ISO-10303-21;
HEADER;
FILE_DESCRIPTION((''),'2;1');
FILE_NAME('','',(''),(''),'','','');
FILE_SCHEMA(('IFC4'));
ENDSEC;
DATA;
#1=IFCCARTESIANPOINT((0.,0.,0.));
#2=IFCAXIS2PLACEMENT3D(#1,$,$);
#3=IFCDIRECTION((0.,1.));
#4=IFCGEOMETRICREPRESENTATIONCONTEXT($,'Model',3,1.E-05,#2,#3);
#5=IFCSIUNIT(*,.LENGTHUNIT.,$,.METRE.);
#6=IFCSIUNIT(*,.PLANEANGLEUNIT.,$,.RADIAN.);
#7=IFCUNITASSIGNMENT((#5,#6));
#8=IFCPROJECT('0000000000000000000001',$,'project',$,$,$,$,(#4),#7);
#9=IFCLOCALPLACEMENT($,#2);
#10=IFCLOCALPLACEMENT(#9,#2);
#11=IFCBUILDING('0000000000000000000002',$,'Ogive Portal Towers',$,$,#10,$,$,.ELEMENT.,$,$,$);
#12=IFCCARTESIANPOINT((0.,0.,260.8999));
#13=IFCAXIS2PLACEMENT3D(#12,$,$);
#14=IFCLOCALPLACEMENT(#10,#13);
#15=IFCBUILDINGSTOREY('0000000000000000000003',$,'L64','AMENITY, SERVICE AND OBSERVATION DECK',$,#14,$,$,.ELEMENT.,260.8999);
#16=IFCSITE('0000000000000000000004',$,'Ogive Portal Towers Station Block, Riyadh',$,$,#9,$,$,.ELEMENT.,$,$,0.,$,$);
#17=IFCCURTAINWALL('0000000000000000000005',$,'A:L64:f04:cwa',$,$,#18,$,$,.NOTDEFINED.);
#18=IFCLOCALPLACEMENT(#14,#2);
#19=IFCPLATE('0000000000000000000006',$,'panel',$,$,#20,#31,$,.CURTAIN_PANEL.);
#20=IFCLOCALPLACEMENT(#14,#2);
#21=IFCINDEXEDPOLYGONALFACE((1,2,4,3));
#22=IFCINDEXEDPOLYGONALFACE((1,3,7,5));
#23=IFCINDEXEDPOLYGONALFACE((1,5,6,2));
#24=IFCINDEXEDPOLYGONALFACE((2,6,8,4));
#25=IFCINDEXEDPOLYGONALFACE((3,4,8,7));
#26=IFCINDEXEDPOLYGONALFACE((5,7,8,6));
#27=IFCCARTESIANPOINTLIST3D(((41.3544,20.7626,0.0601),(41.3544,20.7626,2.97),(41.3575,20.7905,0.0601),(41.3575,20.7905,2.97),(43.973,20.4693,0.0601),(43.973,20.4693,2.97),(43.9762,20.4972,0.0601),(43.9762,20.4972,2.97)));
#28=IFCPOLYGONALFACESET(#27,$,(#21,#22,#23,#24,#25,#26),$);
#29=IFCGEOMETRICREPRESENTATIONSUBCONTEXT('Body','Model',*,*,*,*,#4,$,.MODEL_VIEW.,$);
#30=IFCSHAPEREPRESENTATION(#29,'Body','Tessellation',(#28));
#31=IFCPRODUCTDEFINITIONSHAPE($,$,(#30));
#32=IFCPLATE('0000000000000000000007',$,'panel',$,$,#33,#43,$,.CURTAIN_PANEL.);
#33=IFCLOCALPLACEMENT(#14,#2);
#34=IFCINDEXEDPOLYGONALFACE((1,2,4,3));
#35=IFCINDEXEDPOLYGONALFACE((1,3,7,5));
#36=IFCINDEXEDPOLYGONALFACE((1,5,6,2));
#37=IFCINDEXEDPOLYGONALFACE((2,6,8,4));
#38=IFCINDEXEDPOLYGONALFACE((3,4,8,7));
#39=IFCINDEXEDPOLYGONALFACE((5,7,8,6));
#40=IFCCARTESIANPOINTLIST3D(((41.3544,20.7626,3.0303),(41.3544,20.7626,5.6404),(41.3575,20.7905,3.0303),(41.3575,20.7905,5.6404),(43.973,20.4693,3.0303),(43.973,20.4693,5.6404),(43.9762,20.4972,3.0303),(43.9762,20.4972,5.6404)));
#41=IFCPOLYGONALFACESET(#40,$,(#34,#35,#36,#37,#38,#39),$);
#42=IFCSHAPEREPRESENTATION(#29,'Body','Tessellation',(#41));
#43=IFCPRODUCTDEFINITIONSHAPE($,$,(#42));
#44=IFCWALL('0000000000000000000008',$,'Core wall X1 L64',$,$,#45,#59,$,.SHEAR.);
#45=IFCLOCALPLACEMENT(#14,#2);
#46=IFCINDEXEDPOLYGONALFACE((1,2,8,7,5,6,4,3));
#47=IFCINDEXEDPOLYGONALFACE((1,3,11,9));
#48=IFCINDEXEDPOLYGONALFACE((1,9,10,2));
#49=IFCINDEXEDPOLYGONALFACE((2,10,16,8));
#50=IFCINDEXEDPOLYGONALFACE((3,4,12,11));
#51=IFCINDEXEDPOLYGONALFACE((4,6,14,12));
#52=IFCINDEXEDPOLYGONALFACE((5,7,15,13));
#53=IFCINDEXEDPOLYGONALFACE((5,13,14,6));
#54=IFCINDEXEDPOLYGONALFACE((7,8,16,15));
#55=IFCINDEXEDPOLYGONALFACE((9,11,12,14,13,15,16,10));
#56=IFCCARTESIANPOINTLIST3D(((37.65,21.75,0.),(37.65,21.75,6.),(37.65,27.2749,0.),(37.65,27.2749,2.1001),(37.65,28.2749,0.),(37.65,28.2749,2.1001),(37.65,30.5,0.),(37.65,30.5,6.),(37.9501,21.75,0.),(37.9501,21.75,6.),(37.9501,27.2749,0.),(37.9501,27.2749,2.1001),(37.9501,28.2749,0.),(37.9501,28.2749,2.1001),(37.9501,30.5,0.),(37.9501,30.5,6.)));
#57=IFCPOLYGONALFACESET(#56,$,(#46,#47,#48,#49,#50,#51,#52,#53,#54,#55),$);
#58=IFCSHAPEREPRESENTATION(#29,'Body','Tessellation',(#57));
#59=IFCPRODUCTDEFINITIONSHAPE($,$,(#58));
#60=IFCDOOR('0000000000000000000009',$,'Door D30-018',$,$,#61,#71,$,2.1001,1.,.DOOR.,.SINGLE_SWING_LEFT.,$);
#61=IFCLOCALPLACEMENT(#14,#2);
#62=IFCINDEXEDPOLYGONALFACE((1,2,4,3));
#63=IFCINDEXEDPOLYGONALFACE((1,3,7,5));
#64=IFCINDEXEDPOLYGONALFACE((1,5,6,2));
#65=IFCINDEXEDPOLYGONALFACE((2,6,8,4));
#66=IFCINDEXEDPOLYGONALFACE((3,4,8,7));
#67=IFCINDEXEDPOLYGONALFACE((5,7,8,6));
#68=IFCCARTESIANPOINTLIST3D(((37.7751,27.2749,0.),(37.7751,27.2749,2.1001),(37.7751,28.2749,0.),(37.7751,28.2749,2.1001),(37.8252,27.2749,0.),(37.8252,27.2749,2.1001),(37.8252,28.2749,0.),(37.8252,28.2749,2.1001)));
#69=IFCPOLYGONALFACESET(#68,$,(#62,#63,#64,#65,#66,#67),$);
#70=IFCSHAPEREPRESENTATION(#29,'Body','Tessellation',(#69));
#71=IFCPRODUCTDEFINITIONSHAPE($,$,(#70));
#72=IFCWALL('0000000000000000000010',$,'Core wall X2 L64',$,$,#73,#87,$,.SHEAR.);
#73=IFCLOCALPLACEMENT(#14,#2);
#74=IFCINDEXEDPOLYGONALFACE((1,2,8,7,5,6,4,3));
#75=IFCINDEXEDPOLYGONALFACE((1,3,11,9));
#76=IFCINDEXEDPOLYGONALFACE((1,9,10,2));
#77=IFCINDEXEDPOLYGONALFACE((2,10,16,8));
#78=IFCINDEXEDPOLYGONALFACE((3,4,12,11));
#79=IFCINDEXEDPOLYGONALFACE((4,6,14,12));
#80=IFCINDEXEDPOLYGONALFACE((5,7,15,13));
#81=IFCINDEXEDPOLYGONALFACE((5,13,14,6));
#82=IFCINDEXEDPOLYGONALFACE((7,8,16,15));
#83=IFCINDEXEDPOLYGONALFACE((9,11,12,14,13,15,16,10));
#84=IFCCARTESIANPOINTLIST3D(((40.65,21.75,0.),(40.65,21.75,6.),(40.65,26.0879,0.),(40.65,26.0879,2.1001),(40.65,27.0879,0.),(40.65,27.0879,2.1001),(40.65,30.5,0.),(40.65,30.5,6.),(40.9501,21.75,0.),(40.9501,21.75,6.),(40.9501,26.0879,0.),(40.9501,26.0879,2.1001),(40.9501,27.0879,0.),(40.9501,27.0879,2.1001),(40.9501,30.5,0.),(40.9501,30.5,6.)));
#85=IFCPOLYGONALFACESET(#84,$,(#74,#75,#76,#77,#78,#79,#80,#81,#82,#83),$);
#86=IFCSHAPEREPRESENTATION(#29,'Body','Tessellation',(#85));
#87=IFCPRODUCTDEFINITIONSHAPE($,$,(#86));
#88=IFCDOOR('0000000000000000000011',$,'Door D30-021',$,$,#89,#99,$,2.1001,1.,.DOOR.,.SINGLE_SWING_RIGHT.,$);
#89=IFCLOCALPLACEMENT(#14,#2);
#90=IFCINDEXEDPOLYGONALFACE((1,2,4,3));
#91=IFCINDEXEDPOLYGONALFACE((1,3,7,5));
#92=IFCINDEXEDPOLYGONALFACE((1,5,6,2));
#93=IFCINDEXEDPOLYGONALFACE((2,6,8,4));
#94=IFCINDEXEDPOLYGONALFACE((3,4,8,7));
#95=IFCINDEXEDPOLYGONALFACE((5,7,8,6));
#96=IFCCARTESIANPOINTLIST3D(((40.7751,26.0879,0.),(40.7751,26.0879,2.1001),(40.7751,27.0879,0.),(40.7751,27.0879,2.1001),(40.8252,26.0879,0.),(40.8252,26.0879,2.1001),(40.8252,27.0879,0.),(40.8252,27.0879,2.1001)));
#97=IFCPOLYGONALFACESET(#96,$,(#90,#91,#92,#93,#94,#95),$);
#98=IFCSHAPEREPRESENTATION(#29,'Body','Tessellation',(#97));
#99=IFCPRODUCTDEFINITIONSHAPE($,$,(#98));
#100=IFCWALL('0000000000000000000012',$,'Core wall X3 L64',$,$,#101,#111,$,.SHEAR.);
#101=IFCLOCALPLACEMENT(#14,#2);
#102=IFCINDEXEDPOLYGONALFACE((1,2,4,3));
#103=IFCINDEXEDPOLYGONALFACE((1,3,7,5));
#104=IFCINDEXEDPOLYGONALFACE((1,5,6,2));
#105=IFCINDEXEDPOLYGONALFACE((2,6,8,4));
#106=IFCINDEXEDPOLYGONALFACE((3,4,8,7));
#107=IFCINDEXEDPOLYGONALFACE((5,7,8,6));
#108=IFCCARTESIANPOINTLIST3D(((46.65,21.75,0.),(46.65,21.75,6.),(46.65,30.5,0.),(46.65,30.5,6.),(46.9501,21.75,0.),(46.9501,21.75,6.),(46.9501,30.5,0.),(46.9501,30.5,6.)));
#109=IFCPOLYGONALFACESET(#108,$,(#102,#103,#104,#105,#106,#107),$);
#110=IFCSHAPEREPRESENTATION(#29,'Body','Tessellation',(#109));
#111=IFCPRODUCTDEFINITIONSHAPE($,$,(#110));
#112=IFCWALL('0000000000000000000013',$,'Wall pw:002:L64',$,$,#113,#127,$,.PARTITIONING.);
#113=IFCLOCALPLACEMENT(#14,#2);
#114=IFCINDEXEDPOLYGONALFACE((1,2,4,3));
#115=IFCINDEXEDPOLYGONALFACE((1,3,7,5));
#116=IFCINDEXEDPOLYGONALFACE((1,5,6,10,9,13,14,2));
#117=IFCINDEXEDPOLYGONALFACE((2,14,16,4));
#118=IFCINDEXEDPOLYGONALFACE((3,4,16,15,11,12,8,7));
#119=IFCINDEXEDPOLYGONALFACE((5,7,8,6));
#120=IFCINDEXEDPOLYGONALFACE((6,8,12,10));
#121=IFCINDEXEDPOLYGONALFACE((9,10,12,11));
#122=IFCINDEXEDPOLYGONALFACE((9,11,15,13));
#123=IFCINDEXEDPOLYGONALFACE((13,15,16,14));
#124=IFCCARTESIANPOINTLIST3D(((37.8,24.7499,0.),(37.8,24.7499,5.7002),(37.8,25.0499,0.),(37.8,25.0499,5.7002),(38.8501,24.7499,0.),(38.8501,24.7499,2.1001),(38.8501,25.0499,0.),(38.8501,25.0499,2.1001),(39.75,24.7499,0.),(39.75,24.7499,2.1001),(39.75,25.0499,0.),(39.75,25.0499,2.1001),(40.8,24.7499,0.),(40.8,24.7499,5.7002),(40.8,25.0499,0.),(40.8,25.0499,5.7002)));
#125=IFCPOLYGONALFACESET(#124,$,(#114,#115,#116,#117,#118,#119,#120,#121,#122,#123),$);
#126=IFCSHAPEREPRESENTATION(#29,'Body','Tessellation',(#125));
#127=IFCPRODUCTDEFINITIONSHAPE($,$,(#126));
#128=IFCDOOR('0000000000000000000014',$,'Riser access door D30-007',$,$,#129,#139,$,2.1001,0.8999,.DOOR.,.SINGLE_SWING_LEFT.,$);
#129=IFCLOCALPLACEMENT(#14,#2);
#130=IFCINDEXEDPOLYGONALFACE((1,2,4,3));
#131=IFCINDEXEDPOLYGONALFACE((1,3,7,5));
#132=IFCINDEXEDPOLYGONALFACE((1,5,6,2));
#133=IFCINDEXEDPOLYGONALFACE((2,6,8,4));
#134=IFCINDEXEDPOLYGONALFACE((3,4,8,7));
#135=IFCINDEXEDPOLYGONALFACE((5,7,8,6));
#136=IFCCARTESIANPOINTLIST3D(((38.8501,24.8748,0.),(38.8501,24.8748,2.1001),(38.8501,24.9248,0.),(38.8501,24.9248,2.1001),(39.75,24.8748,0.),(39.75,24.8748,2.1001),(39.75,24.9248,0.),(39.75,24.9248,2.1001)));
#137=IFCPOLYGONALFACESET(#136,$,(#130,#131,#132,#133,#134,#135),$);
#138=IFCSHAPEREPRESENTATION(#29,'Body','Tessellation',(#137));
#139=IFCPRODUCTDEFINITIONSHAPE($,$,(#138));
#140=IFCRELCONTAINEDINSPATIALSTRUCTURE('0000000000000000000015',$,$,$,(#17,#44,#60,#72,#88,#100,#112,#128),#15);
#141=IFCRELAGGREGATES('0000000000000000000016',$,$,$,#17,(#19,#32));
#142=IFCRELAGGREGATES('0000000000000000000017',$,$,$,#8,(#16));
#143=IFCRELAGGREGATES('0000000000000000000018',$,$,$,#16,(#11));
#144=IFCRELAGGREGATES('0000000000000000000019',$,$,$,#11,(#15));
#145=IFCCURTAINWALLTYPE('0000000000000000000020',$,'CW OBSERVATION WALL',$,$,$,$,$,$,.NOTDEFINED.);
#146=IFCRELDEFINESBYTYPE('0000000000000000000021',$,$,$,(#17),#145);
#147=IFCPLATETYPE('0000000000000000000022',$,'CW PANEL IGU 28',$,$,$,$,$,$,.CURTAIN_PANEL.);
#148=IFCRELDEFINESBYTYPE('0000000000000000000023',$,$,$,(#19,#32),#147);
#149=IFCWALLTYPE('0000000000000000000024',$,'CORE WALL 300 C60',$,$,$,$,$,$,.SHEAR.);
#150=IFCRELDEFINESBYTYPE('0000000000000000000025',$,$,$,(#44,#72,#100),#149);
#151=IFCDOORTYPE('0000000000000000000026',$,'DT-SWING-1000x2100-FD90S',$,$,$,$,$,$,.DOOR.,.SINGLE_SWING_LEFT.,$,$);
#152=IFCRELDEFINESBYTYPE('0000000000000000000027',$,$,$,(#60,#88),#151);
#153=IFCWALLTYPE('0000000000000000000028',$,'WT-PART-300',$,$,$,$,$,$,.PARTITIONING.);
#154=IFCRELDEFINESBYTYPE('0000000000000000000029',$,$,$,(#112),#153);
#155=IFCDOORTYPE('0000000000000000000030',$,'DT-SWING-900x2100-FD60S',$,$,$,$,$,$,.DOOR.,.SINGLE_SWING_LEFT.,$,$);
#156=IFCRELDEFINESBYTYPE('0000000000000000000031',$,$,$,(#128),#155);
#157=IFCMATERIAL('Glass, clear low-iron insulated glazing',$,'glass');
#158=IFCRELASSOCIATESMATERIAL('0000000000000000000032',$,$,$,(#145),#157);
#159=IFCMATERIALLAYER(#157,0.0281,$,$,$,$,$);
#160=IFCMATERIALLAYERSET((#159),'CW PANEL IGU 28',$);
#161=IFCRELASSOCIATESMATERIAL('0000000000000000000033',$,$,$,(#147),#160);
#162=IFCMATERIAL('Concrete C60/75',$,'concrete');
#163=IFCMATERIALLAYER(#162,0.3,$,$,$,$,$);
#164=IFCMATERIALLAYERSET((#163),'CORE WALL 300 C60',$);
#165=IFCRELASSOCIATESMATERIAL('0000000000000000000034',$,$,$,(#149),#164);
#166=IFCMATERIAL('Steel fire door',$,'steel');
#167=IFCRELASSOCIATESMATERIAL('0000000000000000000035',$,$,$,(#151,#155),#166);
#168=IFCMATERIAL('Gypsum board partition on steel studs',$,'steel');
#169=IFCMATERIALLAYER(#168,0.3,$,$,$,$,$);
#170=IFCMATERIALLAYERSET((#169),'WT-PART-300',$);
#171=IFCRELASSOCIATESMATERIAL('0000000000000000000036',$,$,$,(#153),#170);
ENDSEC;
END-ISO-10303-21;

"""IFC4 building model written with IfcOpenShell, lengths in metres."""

from ifc_helpers import new_model, si_unit, direction, frame, frame_2d, origin, origin_2d, place, context, subcontext, project, spatial, rectangle, extrude, material, layer, layer_set, type_object, element, fill, aggregate, save


model = new_model("IFC4")

# Units and contexts
model_context = context("Model", 3, precision=1e-05, world=origin(), true_north=direction((0.0, 1.0)))
body_context = subcontext(model_context, "Body", "Model", "MODEL_VIEW")
ifc_project = project(units=[si_unit("LENGTHUNIT", "METRE"), si_unit("PLANEANGLEUNIT", "RADIAN")], contexts=[model_context])

# Site, building, storey
site_placement = place(None, origin())
site = spatial("IfcSite", under=ifc_project, at=site_placement, Name="Ogive Portal Towers Station Block, Riyadh", CompositionType="ELEMENT", RefElevation=0.0)
building_placement = place(site_placement, origin())
building = spatial("IfcBuilding", under=site, at=building_placement, Name="Ogive Portal Towers", CompositionType="ELEMENT")
storey_placement = place(building_placement, frame((0.0, 0.0, 260.8999)))
storey = spatial("IfcBuildingStorey", under=building, at=storey_placement, Name="L64", Description="AMENITY, SERVICE AND OBSERVATION DECK", CompositionType="ELEMENT", Elevation=260.8999)

# Curtain wall
ifc_material_1 = material(Name="Glass, clear low-iron insulated glazing", Category="glass")
curtain_wall_type = type_object("IfcCurtainWallType", Name="CW OBSERVATION WALL", PredefinedType="NOTDEFINED", material=ifc_material_1)
curtain_wall_1_placement = place(storey_placement, origin())
curtain_wall_1 = element("IfcCurtainWall", 1, at=curtain_wall_1_placement, inside=storey, type_object=curtain_wall_type, Name="A:L64:f04:cwa", PredefinedType="NOTDEFINED")

# Plates
ifc_layer_1 = layer(ifc_material_1, 0.0281)
ifc_layer_set_1 = layer_set([ifc_layer_1], Name="CW PANEL IGU 28")
plate_type = type_object("IfcPlateType", Name="CW PANEL IGU 28", PredefinedType="CURTAIN_PANEL", material=ifc_layer_set_1)
plate_1_placement = place(storey_placement, frame((42.6653, 20.6299, 0.0601), z_axis=(0.0, 0.0, 1.0), x_axis=(0.993785, -0.111319, 0.0)))
plate_1 = element("IfcPlate", 2, at=plate_1_placement, type_object=plate_type, Name="panel", PredefinedType="CURTAIN_PANEL", context=body_context, shape_type="SweptSolid", body=[
    extrude(rectangle(XDim=2.635, YDim=0.0281, at=origin_2d()), origin(), (0.0, 0.0, 1.0), 2.9099),
])
plate_2_placement = place(storey_placement, frame((42.6653, 20.6299, 3.0303), z_axis=(0.0, 0.0, 1.0), x_axis=(0.993785, -0.111319, 0.0)))
plate_2 = element("IfcPlate", 3, at=plate_2_placement, type_object=plate_type, Name="panel", PredefinedType="CURTAIN_PANEL", context=body_context, shape_type="SweptSolid", body=[
    extrude(rectangle(XDim=2.635, YDim=0.0281, at=origin_2d()), origin(), (0.0, 0.0, 1.0), 2.6101),
])
aggregate(curtain_wall_1, [plate_1, plate_2])

# Walls, openings, doors
ifc_material_2 = material(Name="Concrete C60/75", Category="concrete")
ifc_layer_2 = layer(ifc_material_2, 0.3)
ifc_layer_set_2 = layer_set([ifc_layer_2], Name="CORE WALL 300 C60")
wall_type_1 = type_object("IfcWallType", Name="CORE WALL 300 C60", PredefinedType="SHEAR", material=ifc_layer_set_2)
wall_1_placement = place(storey_placement, frame((37.8, 21.75, 0.0), z_axis=(0.0, 0.0, 1.0), x_axis=(0.0, 1.0, 0.0)))
wall_1 = element("IfcWall", 4, at=wall_1_placement, inside=storey, type_object=wall_type_1, Name="Core wall X1 L64", PredefinedType="SHEAR", context=body_context, shape_type="SweptSolid", body=[
    extrude(rectangle(XDim=8.75, YDim=0.3, at=frame_2d((4.375, 0.0))), origin(), (0.0, 0.0, 1.0), 6.0),
])
opening_1_placement = place(wall_1_placement, frame((5.5249, 0.0, 0.0)))
opening_1 = element("IfcOpeningElement", 5, at=opening_1_placement, cuts=wall_1, PredefinedType="OPENING", context=body_context, shape_type="SweptSolid", body=[
    extrude(rectangle(XDim=1.0, YDim=2.1001, at=frame_2d((0.5, 1.05))), frame((0.0, 0.1602, 0.0), z_axis=(0.0, -1.0, 0.0), x_axis=(1.0, 0.0, 0.0)), (0.0, 0.0, 1.0), 0.3201),
])
ifc_material_3 = material(Name="Steel fire door", Category="steel")
door_type_1 = type_object("IfcDoorType", Name="DT-SWING-1000x2100-FD90S", OperationType="SINGLE_SWING_LEFT", PredefinedType="DOOR", material=ifc_material_3)
door_1_placement = place(opening_1_placement, origin())
door_1 = element("IfcDoor", 6, at=door_1_placement, inside=storey, type_object=door_type_1, Name="Door D30-018", OperationType="SINGLE_SWING_LEFT", OverallHeight=2.1001, OverallWidth=1.0, PredefinedType="DOOR", context=body_context, shape_type="SweptSolid", body=[
    extrude(rectangle(XDim=1.0, YDim=2.1001, at=frame_2d((0.5, 1.05))), frame((0.0, 0.0249, 0.0), z_axis=(0.0, -1.0, 0.0), x_axis=(1.0, 0.0, 0.0)), (0.0, 0.0, 1.0), 0.05),
])
fill(opening_1, door_1)
wall_2_placement = place(storey_placement, frame((40.8, 21.75, 0.0), z_axis=(0.0, 0.0, 1.0), x_axis=(0.0, 1.0, 0.0)))
wall_2 = element("IfcWall", 7, at=wall_2_placement, inside=storey, type_object=wall_type_1, Name="Core wall X2 L64", PredefinedType="SHEAR", context=body_context, shape_type="SweptSolid", body=[
    extrude(rectangle(XDim=8.75, YDim=0.3, at=frame_2d((4.375, 0.0))), origin(), (0.0, 0.0, 1.0), 6.0),
])
opening_2_placement = place(wall_2_placement, frame((4.3379, 0.0, 0.0)))
opening_2 = element("IfcOpeningElement", 8, at=opening_2_placement, cuts=wall_2, PredefinedType="OPENING", context=body_context, shape_type="SweptSolid", body=[
    extrude(rectangle(XDim=1.0, YDim=2.1001, at=frame_2d((0.5, 1.05))), frame((0.0, 0.1602, 0.0), z_axis=(0.0, -1.0, 0.0), x_axis=(1.0, 0.0, 0.0)), (0.0, 0.0, 1.0), 0.3201),
])
door_2_placement = place(opening_2_placement, origin())
door_2 = element("IfcDoor", 9, at=door_2_placement, inside=storey, type_object=door_type_1, Name="Door D30-021", OperationType="SINGLE_SWING_RIGHT", OverallHeight=2.1001, OverallWidth=1.0, PredefinedType="DOOR", context=body_context, shape_type="SweptSolid", body=[
    extrude(rectangle(XDim=1.0, YDim=2.1001, at=frame_2d((0.5, 1.05))), frame((0.0, 0.0249, 0.0), z_axis=(0.0, -1.0, 0.0), x_axis=(1.0, 0.0, 0.0)), (0.0, 0.0, 1.0), 0.05),
])
fill(opening_2, door_2)

# Wall
wall_3_placement = place(storey_placement, frame((46.8, 21.75, 0.0), z_axis=(0.0, 0.0, 1.0), x_axis=(0.0, 1.0, 0.0)))
element("IfcWall", 10, at=wall_3_placement, inside=storey, type_object=wall_type_1, Name="Core wall X3 L64", PredefinedType="SHEAR", context=body_context, shape_type="SweptSolid", body=[
    extrude(rectangle(XDim=8.75, YDim=0.3, at=frame_2d((4.375, 0.0))), origin(), (0.0, 0.0, 1.0), 6.0),
])

# Wall, opening, door
ifc_material_4 = material(Name="Gypsum board partition on steel studs", Category="steel")
ifc_layer_3 = layer(ifc_material_4, 0.3)
ifc_layer_set_3 = layer_set([ifc_layer_3], Name="WT-PART-300")
wall_type_2 = type_object("IfcWallType", Name="WT-PART-300", PredefinedType="PARTITIONING", material=ifc_layer_set_3)
wall_4_placement = place(storey_placement, frame((37.8, 24.8999, 0.0), z_axis=(0.0, 0.0, 1.0), x_axis=(1.0, 0.0, 0.0)))
wall_4 = element("IfcWall", 11, at=wall_4_placement, inside=storey, type_object=wall_type_2, Name="Wall pw:002:L64", PredefinedType="PARTITIONING", context=body_context, shape_type="SweptSolid", body=[
    extrude(rectangle(XDim=3.0, YDim=0.3, at=frame_2d((1.5, 0.0))), origin(), (0.0, 0.0, 1.0), 5.7002),
])
opening_3_placement = place(wall_4_placement, frame((1.05, 0.0, 0.0)))
opening_3 = element("IfcOpeningElement", 12, at=opening_3_placement, cuts=wall_4, PredefinedType="OPENING", context=body_context, shape_type="SweptSolid", body=[
    extrude(rectangle(XDim=0.8999, YDim=2.1001, at=frame_2d((0.45, 1.05))), frame((0.0, 0.1602, 0.0), z_axis=(0.0, -1.0, 0.0), x_axis=(1.0, 0.0, 0.0)), (0.0, 0.0, 1.0), 0.3201),
])
door_type_2 = type_object("IfcDoorType", Name="DT-SWING-900x2100-FD60S", OperationType="SINGLE_SWING_LEFT", PredefinedType="DOOR", material=ifc_material_3)
door_3_placement = place(opening_3_placement, origin())
door_3 = element("IfcDoor", 13, at=door_3_placement, inside=storey, type_object=door_type_2, Name="Riser access door D30-007", OperationType="SINGLE_SWING_LEFT", OverallHeight=2.1001, OverallWidth=0.8999, PredefinedType="DOOR", context=body_context, shape_type="SweptSolid", body=[
    extrude(rectangle(XDim=0.8999, YDim=2.1001, at=frame_2d((0.45, 1.05))), frame((0.0, 0.0249, 0.0), z_axis=(0.0, -1.0, 0.0), x_axis=(1.0, 0.0, 0.0)), (0.0, 0.0, 1.0), 0.05),
])
fill(opening_3, door_3)

save(model, "model.ifc")
